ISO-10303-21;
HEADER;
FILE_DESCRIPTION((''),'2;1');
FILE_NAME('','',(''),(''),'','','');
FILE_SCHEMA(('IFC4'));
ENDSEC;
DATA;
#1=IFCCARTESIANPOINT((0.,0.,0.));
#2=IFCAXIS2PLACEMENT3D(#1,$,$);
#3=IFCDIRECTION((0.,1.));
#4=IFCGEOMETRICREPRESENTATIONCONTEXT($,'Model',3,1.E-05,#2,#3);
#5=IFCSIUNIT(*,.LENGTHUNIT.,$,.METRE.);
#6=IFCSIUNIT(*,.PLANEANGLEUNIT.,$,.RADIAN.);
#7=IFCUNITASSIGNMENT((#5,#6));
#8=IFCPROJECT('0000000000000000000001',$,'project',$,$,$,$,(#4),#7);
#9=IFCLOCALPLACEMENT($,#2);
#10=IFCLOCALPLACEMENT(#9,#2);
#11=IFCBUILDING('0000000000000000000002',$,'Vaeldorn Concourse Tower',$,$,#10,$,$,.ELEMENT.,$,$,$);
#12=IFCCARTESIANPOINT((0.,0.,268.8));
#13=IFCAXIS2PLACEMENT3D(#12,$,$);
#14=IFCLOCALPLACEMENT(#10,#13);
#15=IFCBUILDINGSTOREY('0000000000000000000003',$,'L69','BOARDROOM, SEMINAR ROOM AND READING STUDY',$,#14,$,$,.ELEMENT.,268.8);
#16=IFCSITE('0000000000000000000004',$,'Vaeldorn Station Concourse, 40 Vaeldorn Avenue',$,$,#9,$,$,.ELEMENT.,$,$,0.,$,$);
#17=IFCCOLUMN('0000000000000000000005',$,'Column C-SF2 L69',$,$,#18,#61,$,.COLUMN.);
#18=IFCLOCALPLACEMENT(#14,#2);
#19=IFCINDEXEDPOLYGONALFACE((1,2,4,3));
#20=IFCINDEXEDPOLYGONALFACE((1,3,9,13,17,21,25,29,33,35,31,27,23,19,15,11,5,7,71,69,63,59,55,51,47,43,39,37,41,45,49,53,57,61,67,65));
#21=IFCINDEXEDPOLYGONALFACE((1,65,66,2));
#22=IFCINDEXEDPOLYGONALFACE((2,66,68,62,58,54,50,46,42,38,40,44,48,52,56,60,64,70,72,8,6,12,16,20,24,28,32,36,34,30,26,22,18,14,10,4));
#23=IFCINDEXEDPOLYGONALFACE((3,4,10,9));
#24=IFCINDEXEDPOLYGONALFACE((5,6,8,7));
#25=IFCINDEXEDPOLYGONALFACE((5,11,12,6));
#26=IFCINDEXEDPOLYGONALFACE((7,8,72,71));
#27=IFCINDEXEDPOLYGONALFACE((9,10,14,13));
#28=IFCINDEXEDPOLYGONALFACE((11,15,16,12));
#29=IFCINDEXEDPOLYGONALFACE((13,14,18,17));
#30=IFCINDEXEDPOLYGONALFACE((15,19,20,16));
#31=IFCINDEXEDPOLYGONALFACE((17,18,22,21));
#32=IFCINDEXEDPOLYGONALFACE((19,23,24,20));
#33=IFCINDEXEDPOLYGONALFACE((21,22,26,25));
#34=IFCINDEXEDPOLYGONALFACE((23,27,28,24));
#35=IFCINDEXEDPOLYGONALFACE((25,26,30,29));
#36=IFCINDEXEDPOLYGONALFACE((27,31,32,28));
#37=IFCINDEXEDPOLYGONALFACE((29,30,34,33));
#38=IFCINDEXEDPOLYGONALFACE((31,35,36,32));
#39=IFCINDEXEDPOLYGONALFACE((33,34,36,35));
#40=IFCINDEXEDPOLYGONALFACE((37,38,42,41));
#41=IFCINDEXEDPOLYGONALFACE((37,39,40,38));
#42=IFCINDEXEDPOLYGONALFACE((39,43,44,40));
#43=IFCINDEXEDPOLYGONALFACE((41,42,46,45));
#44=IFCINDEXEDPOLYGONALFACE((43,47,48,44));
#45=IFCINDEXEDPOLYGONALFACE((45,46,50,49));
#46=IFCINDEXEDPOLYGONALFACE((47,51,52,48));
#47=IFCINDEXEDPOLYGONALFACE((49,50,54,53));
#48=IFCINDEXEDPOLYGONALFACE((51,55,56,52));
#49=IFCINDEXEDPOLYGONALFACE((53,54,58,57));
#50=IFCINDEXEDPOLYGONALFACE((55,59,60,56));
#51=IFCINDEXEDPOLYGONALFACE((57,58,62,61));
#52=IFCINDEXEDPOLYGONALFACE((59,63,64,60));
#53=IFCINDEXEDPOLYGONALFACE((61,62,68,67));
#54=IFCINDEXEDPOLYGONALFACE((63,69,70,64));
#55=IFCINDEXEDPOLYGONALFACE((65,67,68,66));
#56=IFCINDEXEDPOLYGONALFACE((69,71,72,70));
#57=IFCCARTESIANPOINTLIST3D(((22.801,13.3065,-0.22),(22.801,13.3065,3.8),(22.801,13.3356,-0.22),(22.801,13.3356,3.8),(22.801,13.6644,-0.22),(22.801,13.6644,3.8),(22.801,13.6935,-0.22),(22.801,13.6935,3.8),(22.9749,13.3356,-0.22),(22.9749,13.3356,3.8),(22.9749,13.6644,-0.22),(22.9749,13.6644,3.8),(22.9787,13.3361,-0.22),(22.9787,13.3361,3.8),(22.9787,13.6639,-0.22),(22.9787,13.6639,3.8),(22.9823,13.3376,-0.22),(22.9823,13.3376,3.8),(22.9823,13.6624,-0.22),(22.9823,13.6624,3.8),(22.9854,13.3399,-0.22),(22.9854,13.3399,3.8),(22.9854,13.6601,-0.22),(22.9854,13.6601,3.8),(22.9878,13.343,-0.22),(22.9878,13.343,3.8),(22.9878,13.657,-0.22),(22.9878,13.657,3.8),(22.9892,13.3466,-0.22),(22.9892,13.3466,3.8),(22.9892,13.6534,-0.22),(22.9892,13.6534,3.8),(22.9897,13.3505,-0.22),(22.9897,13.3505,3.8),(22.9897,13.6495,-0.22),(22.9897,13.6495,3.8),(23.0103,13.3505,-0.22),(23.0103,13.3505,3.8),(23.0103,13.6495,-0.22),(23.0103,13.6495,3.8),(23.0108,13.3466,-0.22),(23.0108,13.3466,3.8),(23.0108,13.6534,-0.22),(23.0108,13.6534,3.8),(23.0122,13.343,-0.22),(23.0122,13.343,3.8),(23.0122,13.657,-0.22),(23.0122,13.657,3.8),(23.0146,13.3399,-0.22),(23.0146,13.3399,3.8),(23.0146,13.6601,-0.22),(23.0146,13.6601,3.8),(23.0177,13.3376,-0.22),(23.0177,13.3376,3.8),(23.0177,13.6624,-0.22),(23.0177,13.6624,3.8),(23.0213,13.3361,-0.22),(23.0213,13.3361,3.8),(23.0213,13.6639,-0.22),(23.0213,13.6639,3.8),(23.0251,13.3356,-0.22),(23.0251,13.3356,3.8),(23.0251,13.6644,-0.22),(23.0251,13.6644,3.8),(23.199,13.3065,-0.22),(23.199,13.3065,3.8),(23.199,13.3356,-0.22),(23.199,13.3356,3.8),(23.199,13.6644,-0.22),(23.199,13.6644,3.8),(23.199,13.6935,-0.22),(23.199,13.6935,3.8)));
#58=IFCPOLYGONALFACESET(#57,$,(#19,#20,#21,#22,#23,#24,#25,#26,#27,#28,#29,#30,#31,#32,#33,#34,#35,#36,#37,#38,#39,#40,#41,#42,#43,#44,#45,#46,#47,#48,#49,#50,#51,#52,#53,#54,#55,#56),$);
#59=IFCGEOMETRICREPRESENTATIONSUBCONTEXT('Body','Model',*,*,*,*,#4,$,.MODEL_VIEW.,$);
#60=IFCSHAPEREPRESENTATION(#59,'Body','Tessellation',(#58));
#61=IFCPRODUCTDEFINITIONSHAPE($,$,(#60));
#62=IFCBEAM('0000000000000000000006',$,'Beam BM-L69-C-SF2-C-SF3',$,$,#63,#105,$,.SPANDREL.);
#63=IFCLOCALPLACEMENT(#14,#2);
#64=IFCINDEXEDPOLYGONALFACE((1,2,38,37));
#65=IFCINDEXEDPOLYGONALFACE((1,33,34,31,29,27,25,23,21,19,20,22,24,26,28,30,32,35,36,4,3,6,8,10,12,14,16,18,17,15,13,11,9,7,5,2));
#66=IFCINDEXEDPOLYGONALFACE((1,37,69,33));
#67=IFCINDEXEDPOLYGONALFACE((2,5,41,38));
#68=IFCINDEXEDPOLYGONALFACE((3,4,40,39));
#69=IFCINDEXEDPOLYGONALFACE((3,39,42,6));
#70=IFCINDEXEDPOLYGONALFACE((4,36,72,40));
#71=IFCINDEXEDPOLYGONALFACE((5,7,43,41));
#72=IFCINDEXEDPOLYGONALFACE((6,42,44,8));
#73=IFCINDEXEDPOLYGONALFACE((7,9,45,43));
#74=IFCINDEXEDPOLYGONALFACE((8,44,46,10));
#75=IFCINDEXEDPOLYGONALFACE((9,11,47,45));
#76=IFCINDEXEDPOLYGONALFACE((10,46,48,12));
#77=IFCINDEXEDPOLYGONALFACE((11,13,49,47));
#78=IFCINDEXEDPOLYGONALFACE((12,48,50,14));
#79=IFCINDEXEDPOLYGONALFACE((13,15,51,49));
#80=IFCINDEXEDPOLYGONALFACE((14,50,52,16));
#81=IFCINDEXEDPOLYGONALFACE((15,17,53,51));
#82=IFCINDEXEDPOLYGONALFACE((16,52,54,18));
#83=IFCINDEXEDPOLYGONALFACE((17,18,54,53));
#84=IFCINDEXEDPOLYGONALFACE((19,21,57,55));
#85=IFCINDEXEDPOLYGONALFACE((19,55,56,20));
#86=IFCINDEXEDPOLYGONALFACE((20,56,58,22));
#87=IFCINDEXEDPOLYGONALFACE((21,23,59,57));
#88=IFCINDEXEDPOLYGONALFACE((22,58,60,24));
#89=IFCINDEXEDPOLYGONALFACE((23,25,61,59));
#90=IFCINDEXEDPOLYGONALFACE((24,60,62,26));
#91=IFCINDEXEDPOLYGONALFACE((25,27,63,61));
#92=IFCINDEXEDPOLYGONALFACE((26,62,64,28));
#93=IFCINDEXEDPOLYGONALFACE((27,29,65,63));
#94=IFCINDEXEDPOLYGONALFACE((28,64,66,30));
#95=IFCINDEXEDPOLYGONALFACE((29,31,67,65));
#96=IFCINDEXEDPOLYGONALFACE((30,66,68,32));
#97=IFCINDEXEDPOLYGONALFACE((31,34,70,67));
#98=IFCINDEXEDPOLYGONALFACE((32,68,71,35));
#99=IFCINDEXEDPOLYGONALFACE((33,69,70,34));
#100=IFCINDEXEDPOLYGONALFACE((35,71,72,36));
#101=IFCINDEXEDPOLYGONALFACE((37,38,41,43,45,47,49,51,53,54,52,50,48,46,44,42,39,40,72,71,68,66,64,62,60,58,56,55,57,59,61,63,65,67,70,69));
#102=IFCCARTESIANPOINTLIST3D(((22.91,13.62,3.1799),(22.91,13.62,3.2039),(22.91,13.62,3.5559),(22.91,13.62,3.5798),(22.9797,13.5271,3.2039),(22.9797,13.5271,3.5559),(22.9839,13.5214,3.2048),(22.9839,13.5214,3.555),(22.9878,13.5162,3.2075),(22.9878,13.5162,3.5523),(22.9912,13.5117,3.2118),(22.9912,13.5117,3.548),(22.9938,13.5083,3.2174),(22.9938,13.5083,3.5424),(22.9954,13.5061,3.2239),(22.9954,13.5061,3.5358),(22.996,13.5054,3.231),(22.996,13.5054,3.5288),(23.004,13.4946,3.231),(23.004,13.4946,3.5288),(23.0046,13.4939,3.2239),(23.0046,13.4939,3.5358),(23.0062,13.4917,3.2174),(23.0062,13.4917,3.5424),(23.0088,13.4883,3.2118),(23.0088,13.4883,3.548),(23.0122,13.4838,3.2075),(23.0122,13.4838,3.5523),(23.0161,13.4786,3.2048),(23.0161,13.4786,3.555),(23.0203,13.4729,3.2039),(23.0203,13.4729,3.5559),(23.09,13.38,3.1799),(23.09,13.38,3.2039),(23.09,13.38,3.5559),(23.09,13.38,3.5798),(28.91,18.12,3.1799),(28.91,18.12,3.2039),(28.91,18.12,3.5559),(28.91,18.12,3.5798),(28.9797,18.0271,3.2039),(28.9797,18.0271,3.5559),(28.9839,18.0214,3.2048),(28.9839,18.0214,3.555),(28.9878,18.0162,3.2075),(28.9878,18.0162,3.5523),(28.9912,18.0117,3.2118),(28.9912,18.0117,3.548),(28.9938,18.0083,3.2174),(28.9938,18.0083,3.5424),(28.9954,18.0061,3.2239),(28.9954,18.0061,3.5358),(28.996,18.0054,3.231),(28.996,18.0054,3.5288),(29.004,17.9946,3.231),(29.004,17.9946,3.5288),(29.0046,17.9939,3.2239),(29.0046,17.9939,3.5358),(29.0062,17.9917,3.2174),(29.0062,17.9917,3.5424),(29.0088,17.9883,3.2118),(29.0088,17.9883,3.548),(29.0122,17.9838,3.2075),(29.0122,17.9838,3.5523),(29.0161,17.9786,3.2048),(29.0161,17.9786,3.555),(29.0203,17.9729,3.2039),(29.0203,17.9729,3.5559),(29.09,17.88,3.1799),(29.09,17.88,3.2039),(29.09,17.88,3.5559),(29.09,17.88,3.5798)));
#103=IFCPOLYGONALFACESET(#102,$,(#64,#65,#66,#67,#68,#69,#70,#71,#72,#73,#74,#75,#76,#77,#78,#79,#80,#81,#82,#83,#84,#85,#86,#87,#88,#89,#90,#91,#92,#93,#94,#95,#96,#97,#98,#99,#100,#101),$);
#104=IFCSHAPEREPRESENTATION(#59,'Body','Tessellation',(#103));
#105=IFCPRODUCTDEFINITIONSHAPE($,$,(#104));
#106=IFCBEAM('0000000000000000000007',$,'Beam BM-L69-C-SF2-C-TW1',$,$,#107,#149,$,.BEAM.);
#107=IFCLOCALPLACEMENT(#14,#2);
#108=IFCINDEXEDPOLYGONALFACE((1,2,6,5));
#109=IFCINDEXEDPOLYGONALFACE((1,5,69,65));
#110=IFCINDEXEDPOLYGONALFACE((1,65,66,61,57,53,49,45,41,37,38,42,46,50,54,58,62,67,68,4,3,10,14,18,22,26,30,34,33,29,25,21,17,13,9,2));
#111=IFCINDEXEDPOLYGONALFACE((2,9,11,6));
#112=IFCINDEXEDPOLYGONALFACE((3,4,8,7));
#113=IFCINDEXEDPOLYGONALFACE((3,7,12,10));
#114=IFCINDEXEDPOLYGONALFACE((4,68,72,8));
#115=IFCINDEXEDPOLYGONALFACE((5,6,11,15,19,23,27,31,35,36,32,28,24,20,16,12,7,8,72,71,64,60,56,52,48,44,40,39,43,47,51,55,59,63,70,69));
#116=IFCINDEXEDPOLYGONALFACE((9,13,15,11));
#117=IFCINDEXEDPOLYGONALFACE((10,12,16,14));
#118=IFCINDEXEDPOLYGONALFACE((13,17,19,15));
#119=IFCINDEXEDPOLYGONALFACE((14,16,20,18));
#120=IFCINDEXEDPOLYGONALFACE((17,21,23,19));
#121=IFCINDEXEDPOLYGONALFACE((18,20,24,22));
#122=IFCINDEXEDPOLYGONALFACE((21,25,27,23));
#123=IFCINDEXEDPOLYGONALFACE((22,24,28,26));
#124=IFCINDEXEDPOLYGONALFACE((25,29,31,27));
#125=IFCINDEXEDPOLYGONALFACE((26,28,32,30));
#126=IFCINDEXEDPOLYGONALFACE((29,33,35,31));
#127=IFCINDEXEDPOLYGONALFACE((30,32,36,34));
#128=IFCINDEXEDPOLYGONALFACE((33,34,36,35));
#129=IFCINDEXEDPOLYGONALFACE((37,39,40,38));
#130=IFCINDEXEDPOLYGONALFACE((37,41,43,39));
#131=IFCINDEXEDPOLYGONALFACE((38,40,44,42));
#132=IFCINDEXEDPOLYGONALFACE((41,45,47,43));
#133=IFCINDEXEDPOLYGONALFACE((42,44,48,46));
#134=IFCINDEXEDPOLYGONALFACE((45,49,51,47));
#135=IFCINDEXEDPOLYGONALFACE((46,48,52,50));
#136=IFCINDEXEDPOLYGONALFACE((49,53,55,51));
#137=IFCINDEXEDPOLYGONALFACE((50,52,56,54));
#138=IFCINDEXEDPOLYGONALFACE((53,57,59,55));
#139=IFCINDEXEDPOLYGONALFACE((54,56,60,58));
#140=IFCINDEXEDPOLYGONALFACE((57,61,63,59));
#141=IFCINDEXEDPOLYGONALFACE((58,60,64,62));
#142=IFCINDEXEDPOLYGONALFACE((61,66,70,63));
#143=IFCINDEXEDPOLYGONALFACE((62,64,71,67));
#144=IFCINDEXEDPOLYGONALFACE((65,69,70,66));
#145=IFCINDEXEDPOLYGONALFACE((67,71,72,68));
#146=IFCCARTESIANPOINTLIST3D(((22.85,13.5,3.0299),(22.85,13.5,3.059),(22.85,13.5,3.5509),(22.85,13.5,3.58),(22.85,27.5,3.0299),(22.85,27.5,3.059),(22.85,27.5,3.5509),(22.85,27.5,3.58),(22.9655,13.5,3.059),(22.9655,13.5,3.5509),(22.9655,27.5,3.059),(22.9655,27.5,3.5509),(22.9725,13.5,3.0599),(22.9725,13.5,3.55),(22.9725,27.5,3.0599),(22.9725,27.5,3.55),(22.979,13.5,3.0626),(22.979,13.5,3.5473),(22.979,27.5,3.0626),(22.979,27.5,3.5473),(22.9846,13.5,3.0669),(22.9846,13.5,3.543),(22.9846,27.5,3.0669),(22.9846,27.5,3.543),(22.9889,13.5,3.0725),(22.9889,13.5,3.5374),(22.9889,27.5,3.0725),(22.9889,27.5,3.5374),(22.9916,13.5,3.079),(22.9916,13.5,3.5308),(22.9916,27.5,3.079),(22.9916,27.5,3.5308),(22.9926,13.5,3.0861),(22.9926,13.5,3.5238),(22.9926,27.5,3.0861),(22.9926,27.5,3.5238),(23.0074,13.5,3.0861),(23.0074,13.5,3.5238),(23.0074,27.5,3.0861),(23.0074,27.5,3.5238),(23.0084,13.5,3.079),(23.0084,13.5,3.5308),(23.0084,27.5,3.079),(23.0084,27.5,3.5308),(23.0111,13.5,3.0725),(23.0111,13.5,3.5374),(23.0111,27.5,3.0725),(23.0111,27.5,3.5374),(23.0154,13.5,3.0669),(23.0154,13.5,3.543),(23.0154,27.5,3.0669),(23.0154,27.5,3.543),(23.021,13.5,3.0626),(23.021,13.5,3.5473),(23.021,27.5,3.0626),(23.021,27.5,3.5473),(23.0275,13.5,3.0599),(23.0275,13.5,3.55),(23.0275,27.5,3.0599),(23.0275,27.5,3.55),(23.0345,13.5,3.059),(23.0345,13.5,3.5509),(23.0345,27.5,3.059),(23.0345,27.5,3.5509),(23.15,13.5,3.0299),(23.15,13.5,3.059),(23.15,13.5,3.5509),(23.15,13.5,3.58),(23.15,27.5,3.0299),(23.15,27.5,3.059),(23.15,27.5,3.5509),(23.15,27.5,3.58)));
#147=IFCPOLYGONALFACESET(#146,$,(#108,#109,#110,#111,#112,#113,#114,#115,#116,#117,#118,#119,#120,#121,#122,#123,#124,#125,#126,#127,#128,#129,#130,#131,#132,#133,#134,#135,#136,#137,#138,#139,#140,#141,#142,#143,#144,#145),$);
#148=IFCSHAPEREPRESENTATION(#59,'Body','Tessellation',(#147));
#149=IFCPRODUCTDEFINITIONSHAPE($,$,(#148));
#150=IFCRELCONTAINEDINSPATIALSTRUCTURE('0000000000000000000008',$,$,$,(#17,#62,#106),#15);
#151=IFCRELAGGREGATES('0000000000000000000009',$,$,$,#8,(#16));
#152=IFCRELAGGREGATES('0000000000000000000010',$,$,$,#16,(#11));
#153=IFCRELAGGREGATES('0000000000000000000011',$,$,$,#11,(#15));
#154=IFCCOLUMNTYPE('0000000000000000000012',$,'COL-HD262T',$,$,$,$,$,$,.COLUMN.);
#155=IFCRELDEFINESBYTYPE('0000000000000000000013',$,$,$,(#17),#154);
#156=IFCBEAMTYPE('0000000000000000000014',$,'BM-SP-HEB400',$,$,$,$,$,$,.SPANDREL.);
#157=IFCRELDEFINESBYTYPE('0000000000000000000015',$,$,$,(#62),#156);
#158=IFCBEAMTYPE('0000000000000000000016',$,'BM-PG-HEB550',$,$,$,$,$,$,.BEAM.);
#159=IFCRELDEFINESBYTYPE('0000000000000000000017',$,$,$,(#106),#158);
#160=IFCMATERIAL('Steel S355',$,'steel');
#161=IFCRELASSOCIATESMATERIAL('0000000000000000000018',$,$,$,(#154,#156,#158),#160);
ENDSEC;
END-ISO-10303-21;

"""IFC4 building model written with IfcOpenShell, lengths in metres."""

from ifc_helpers import new_model, si_unit, direction, frame, origin, origin_2d, place, context, subcontext, project, spatial, i_section, extrude, source, transform, mapped, material, material_profile, profile_set, type_object, element, save


model = new_model("IFC4")

# Units and contexts
model_context = context("Model", 3, precision=1e-05, world=origin(), true_north=direction((0.0, 1.0)))
body_context = subcontext(model_context, "Body", "Model", "MODEL_VIEW")
ifc_project = project(units=[si_unit("LENGTHUNIT", "METRE"), si_unit("PLANEANGLEUNIT", "RADIAN")], contexts=[model_context])

# Site, building, storey
site_placement = place(None, origin())
site = spatial("IfcSite", under=ifc_project, at=site_placement, Name="Vaeldorn Station Concourse, 40 Vaeldorn Avenue", CompositionType="ELEMENT", RefElevation=0.0)
building_placement = place(site_placement, origin())
building = spatial("IfcBuilding", under=site, at=building_placement, Name="Vaeldorn Concourse Tower", CompositionType="ELEMENT")
storey_placement = place(building_placement, frame((0.0, 0.0, 268.8)))
storey = spatial("IfcBuildingStorey", under=building, at=storey_placement, Name="L69", Description="BOARDROOM, SEMINAR ROOM AND READING STUDY", CompositionType="ELEMENT", Elevation=268.8)

# Column
ifc_material_1 = material(Name="Steel S355", Category="steel")
ifc_material_profile_1 = material_profile(ifc_material_1, i_section(OverallWidth=0.3979, OverallDepth=0.387, WebThickness=0.0205, FlangeThickness=0.0291, FilletRadius=0.0149, at=origin_2d()), Name="HD 400x262")
ifc_profile_set_1 = profile_set([ifc_material_profile_1], Name="Steel S355")
column_type = type_object("IfcColumnType", Name="COL-HD262T", PredefinedType="COLUMN", material=ifc_profile_set_1)
shared_shape_1 = source(origin(), body_context, "Body", "SweptSolid", [
    extrude(i_section(OverallWidth=0.3979, OverallDepth=0.387, WebThickness=0.0205, FlangeThickness=0.0291, FilletRadius=0.0149, at=origin_2d()), origin(), (0.0, 0.0, 1.0), 4.02),
])
column_placement = place(storey_placement, frame((23.0, 13.5, -0.22), z_axis=(0.0, 0.0, 1.0), x_axis=(1.0, 0.0, 0.0)))
element("IfcColumn", 1, at=column_placement, inside=storey, type_object=column_type, Name="Column C-SF2 L69", PredefinedType="COLUMN", context=body_context, shape_type="MappedRepresentation", body=[
    mapped(shared_shape_1, transform((0.0, 0.0, 0.0), scale=1.0)),
])

# Beams
ifc_material_profile_2 = material_profile(ifc_material_1, i_section(OverallWidth=0.3, OverallDepth=0.3999, WebThickness=0.0134, FlangeThickness=0.0239, FilletRadius=0.0271, at=origin_2d()), Name="HEB 400")
ifc_profile_set_2 = profile_set([ifc_material_profile_2], Name="Steel S355")
beam_type_1 = type_object("IfcBeamType", Name="BM-SP-HEB400", PredefinedType="SPANDREL", material=ifc_profile_set_2)
shared_shape_2 = source(origin(), body_context, "Body", "SweptSolid", [
    extrude(i_section(OverallWidth=0.3, OverallDepth=0.3999, WebThickness=0.0134, FlangeThickness=0.0239, FilletRadius=0.0271, at=origin_2d()), origin(), (0.0, 0.0, 1.0), 7.5),
])
beam_1_placement = place(storey_placement, frame((23.0, 13.5, 3.3799), z_axis=(0.8, 0.6, 0.0), x_axis=(-0.6, 0.8, 0.0)))
element("IfcBeam", 2, at=beam_1_placement, inside=storey, type_object=beam_type_1, Name="Beam BM-L69-C-SF2-C-SF3", PredefinedType="SPANDREL", context=body_context, shape_type="MappedRepresentation", body=[
    mapped(shared_shape_2, transform((0.0, 0.0, 0.0), scale=1.0)),
])
ifc_material_profile_3 = material_profile(ifc_material_1, i_section(OverallWidth=0.3, OverallDepth=0.55, WebThickness=0.0149, FlangeThickness=0.0291, FilletRadius=0.0271, at=origin_2d()), Name="HEB 550")
ifc_profile_set_3 = profile_set([ifc_material_profile_3], Name="Steel S355")
beam_type_2 = type_object("IfcBeamType", Name="BM-PG-HEB550", PredefinedType="BEAM", material=ifc_profile_set_3)
shared_shape_3 = source(origin(), body_context, "Body", "SweptSolid", [
    extrude(i_section(OverallWidth=0.3, OverallDepth=0.55, WebThickness=0.0149, FlangeThickness=0.0291, FilletRadius=0.0271, at=origin_2d()), origin(), (0.0, 0.0, 1.0), 14.0),
])
beam_2_placement = place(storey_placement, frame((23.0, 13.5, 3.3049), z_axis=(0.0, 1.0, 0.0), x_axis=(-1.0, 0.0, 0.0)))
element("IfcBeam", 3, at=beam_2_placement, inside=storey, type_object=beam_type_2, Name="Beam BM-L69-C-SF2-C-TW1", PredefinedType="BEAM", context=body_context, shape_type="MappedRepresentation", body=[
    mapped(shared_shape_3, transform((0.0, 0.0, 0.0), scale=1.0)),
])

save(model, "model.ifc")
